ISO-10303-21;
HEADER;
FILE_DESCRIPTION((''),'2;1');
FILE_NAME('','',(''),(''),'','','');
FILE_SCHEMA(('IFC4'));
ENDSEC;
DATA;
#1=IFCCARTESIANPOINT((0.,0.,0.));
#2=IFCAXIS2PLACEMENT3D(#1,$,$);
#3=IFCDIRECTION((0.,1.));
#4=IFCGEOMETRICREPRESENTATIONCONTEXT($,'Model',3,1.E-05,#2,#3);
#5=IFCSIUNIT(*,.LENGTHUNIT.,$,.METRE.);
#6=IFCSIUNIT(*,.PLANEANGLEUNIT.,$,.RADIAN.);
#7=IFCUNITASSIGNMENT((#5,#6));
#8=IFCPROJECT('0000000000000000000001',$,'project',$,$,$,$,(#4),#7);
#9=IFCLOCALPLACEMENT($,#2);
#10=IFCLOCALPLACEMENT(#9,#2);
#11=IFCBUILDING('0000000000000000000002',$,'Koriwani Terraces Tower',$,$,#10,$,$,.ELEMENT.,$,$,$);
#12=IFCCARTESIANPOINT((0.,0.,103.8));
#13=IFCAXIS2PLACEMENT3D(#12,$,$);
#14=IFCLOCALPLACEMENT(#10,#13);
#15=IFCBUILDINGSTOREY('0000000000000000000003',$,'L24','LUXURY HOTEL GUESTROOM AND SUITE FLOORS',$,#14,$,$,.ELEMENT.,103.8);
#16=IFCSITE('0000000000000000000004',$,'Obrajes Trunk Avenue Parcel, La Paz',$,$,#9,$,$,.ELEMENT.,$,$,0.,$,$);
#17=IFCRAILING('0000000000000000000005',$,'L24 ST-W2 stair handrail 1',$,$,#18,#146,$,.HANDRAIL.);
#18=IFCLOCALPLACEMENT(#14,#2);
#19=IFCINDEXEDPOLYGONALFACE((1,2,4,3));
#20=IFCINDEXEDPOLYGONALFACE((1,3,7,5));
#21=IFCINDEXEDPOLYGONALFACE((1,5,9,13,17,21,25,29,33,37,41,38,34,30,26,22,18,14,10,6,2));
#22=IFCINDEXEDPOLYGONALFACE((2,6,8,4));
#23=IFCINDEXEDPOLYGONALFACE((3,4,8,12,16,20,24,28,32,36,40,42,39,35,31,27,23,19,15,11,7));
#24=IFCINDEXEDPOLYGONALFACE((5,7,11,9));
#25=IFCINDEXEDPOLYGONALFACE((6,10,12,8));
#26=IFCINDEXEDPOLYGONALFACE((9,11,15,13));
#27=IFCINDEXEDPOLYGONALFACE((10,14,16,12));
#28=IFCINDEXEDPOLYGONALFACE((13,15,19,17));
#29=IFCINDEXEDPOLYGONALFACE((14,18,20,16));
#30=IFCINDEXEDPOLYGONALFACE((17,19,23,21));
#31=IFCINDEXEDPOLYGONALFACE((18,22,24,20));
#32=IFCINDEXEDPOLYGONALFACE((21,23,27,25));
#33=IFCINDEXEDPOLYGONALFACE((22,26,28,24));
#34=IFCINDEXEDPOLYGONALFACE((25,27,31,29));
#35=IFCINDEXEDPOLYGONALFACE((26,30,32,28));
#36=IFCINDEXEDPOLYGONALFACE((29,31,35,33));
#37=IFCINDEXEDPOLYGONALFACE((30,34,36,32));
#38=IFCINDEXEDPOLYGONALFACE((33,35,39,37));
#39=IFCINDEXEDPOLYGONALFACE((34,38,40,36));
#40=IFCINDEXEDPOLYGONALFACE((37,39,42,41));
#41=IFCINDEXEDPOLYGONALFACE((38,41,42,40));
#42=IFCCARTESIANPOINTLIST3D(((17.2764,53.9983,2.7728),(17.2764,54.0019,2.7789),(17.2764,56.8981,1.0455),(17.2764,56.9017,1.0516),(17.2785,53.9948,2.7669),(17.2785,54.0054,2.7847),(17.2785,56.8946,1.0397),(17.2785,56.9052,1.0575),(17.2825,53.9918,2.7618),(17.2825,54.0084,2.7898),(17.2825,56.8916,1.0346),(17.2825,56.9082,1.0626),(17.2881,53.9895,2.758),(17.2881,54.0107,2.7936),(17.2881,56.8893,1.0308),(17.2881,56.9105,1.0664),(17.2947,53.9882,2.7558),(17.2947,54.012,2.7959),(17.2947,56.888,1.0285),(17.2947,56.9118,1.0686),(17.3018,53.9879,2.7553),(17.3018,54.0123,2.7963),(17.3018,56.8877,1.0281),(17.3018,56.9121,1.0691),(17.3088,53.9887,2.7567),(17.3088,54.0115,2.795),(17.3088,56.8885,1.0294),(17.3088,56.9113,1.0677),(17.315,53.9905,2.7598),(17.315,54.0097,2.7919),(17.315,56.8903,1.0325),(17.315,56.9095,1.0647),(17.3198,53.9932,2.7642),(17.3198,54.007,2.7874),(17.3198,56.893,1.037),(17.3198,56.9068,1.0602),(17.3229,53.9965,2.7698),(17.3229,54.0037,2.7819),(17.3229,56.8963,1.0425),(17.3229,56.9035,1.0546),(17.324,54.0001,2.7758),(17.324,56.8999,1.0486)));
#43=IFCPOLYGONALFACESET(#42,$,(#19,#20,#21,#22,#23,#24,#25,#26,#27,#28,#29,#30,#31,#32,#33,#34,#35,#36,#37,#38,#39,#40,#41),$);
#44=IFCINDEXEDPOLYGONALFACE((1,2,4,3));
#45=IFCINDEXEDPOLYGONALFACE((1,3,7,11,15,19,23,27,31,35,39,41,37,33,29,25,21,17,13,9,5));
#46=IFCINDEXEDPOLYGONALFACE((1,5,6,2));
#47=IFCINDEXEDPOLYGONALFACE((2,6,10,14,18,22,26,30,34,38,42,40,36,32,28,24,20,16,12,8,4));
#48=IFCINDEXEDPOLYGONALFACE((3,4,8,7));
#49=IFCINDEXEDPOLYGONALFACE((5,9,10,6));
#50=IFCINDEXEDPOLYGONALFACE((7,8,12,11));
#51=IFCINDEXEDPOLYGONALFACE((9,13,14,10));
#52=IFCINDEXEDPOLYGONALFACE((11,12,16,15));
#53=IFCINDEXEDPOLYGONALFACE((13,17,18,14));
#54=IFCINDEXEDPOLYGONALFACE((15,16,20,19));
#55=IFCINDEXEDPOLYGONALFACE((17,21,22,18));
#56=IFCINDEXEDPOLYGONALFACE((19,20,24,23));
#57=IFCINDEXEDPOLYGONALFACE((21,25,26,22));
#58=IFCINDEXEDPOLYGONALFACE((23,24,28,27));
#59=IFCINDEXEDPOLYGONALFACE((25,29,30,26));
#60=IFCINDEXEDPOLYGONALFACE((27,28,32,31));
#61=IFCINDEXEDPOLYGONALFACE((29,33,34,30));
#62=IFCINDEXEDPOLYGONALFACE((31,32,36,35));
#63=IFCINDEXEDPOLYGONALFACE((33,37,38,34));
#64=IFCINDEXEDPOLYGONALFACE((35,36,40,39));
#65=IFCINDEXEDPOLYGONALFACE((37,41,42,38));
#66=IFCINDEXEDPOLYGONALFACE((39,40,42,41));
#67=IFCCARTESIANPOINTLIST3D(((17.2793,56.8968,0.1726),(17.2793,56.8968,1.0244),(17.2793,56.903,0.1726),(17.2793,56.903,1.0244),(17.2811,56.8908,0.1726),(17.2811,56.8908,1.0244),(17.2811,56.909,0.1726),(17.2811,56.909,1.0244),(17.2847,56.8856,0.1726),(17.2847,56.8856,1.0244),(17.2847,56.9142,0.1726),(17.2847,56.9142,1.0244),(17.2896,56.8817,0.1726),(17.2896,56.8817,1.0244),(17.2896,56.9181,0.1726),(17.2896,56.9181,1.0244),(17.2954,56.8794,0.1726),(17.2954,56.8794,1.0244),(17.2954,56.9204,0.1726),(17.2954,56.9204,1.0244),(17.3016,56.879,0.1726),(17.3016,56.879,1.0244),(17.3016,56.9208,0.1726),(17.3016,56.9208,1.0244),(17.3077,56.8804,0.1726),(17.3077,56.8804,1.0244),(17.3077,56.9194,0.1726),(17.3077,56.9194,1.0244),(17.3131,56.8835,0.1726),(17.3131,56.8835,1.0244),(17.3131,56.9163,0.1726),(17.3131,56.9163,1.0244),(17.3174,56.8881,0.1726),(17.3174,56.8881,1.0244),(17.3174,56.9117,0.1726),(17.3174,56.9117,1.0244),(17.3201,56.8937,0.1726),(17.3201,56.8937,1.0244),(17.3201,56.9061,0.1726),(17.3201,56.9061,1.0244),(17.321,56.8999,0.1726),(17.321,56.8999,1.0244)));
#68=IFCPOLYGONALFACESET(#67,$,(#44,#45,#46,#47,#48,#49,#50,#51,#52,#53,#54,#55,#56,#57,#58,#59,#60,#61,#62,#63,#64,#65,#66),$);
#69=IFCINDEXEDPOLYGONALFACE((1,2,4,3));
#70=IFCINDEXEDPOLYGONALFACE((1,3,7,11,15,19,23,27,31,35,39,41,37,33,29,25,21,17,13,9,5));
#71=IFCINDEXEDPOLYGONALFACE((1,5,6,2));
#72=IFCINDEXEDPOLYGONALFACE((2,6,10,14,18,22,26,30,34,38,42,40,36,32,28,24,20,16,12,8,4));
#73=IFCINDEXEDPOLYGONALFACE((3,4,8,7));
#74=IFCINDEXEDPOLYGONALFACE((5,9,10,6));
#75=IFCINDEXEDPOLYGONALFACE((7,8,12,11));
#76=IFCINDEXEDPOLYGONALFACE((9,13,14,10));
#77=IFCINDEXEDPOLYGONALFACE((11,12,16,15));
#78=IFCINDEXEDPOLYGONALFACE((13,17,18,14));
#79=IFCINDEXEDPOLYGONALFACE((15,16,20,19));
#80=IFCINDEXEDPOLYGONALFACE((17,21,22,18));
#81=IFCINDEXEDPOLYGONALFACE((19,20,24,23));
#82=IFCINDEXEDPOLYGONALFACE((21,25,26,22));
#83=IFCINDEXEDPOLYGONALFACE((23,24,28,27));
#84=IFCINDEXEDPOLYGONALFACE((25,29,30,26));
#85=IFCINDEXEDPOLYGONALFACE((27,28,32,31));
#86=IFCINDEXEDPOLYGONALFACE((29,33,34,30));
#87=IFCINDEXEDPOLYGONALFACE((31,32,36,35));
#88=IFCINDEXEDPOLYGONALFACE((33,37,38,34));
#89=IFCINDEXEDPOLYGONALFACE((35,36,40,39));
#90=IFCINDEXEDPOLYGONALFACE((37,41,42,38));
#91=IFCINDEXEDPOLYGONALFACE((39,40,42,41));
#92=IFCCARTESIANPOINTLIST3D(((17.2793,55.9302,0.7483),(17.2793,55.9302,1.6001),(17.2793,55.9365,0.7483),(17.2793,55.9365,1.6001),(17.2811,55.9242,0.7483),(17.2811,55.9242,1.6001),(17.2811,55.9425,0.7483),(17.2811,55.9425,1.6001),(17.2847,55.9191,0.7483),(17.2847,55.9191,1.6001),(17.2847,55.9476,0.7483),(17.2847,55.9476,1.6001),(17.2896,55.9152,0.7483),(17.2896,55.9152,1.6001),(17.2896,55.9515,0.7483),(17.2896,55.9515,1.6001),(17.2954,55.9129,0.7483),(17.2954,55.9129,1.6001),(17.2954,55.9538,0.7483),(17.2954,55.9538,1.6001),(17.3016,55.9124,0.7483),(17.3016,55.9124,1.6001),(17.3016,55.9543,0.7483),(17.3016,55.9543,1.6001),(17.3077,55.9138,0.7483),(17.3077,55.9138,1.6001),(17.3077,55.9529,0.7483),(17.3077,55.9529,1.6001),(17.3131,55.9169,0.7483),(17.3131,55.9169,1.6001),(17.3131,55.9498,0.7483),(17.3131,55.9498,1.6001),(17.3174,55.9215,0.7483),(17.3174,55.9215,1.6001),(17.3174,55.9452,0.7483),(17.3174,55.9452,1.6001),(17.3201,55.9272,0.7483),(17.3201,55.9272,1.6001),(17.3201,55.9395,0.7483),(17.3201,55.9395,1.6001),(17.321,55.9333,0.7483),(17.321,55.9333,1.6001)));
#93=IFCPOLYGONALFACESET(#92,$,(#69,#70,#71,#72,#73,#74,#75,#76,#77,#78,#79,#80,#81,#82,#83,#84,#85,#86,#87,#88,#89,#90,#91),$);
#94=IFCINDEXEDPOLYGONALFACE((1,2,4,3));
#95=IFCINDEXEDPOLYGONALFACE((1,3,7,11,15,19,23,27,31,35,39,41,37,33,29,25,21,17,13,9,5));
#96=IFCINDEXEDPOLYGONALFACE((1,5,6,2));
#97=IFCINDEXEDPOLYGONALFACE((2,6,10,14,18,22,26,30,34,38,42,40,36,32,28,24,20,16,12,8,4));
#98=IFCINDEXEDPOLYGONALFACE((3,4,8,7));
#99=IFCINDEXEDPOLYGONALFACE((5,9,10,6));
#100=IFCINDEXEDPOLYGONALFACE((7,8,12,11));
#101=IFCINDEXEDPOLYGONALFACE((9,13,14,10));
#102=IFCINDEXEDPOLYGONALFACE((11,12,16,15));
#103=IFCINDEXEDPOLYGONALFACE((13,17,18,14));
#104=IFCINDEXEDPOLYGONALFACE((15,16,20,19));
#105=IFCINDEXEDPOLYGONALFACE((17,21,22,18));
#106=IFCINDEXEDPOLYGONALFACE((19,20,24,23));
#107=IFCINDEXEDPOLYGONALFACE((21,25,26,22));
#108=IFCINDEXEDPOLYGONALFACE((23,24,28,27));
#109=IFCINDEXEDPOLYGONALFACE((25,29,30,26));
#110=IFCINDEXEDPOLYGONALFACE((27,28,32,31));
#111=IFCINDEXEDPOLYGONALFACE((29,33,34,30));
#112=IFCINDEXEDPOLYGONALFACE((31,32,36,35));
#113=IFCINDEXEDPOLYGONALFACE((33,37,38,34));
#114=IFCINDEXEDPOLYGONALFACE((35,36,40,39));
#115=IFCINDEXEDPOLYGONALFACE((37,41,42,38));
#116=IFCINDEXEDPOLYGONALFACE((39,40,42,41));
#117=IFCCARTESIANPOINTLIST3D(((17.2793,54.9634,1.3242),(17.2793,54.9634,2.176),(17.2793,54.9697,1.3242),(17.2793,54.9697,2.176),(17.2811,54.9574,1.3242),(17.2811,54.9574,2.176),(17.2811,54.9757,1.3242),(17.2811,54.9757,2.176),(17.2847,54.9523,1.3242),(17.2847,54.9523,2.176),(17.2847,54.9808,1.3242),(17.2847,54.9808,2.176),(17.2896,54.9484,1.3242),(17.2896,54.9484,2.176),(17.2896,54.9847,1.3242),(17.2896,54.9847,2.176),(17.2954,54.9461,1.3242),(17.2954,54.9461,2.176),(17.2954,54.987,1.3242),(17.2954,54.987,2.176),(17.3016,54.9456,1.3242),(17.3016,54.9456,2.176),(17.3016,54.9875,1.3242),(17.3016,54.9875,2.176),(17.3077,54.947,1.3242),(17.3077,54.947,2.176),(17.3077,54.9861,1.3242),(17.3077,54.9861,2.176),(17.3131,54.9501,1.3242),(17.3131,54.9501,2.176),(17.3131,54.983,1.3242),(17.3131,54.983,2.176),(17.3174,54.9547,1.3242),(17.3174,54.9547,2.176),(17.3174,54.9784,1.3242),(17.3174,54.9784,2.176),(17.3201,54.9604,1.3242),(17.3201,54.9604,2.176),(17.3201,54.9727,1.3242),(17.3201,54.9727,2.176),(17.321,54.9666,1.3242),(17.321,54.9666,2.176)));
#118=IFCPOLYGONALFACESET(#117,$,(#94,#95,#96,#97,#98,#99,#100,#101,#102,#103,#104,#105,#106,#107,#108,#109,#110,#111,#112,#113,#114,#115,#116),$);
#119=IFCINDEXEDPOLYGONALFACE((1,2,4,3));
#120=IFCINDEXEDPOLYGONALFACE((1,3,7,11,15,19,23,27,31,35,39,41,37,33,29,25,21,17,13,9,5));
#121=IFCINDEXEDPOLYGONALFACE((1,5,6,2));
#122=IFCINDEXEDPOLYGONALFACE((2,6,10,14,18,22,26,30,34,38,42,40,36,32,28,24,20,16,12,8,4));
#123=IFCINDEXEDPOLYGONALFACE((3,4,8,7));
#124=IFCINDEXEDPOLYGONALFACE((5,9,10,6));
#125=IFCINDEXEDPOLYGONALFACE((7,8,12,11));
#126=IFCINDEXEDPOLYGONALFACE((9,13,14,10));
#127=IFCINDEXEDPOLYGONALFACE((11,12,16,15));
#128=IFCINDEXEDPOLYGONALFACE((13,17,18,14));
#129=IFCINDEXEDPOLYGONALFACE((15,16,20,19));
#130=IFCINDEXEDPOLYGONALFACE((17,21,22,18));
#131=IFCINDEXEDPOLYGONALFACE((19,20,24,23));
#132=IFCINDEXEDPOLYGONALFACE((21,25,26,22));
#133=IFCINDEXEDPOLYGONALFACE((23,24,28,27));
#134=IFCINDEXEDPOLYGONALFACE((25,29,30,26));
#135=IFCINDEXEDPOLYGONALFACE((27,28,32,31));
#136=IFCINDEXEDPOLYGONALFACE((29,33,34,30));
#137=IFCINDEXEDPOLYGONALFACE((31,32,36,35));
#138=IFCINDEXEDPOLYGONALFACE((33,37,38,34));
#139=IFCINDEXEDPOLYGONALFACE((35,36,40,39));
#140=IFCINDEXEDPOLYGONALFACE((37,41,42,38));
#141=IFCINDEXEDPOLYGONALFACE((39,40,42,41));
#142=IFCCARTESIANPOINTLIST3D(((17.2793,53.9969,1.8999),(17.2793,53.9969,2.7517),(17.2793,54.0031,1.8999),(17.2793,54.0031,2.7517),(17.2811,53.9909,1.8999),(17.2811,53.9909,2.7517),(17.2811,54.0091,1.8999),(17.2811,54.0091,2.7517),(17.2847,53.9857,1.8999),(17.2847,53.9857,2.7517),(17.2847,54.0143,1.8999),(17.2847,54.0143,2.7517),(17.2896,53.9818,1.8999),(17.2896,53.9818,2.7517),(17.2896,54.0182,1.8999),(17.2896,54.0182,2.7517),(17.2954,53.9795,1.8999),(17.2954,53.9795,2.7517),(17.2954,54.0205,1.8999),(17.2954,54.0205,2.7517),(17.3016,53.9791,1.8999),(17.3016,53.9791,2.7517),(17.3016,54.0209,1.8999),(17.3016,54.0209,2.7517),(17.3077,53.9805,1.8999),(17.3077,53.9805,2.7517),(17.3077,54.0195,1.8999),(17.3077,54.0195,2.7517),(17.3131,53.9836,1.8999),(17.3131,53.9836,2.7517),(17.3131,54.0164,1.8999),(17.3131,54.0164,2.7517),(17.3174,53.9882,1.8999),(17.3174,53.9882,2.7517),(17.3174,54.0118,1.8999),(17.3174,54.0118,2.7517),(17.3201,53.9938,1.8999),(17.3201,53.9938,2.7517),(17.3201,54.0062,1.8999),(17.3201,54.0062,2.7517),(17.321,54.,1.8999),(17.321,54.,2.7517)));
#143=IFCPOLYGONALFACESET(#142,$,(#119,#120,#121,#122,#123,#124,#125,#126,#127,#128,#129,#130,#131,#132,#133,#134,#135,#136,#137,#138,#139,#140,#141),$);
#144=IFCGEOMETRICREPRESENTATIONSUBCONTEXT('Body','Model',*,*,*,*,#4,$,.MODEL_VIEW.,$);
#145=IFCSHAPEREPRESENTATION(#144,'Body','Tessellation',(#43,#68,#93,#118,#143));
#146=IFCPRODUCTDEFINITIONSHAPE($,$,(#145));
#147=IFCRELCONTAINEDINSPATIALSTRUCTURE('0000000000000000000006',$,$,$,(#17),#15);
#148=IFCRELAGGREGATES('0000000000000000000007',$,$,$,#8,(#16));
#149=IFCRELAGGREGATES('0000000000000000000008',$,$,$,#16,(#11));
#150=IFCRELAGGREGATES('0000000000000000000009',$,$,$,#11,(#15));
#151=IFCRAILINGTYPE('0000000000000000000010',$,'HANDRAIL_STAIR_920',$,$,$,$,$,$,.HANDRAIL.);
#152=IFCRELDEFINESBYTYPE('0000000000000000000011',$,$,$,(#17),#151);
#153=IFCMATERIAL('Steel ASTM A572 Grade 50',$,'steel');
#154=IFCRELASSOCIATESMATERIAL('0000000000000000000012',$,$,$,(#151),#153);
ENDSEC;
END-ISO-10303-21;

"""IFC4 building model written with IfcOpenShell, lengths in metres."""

from ifc_helpers import new_model, si_unit, direction, frame, origin, origin_2d, place, context, subcontext, project, spatial, circle, extrude, material, type_object, element, save


model = new_model("IFC4")

# Units and contexts
model_context = context("Model", 3, precision=1e-05, world=origin(), true_north=direction((0.0, 1.0)))
body_context = subcontext(model_context, "Body", "Model", "MODEL_VIEW")
ifc_project = project(units=[si_unit("LENGTHUNIT", "METRE"), si_unit("PLANEANGLEUNIT", "RADIAN")], contexts=[model_context])

# Site, building, storey
site_placement = place(None, origin())
site = spatial("IfcSite", under=ifc_project, at=site_placement, Name="Obrajes Trunk Avenue Parcel, La Paz", CompositionType="ELEMENT", RefElevation=0.0)
building_placement = place(site_placement, origin())
building = spatial("IfcBuilding", under=site, at=building_placement, Name="Koriwani Terraces Tower", CompositionType="ELEMENT")
storey_placement = place(building_placement, frame((0.0, 0.0, 103.8)))
storey = spatial("IfcBuildingStorey", under=building, at=storey_placement, Name="L24", Description="LUXURY HOTEL GUESTROOM AND SUITE FLOORS", CompositionType="ELEMENT", Elevation=103.8)

# Shared definitions
ifc_material_1 = material(Name="Steel ASTM A572 Grade 50", Category="steel")

# Railing
railing_type_1 = type_object("IfcRailingType", Name="HANDRAIL_STAIR_920", PredefinedType="HANDRAIL", material=ifc_material_1)
for number, where, name in (
    (1, (17.3, 56.8999, 0.1726), "L24 ST-W2 stair handrail 1"),
):
    element("IfcRailing", number, at=place(storey_placement, frame(where)), inside=storey, type_object=railing_type_1, Name=name, PredefinedType="HANDRAIL", context=body_context, shape_type="SweptSolid", body=[
        extrude(circle(Radius=0.0239, at=origin_2d()), frame((0.0, 0.0, 0.876), z_axis=(0.0, -0.859141, 0.511738), x_axis=(1.0, 0.0, 0.0)), (0.0, 0.0, 1.0), 3.3752),
        extrude(circle(Radius=0.021, at=origin_2d()), origin(), (0.0, 0.0, 1.0), 0.8518),
        extrude(circle(Radius=0.021, at=origin_2d()), frame((0.0, -0.9666, 0.5757)), (0.0, 0.0, 1.0), 0.8518),
        extrude(circle(Radius=0.021, at=origin_2d()), frame((0.0, -1.9333, 1.1516)), (0.0, 0.0, 1.0), 0.8518),
        extrude(circle(Radius=0.021, at=origin_2d()), frame((0.0, -2.8999, 1.7273)), (0.0, 0.0, 1.0), 0.8518),
    ])

save(model, "model.ifc")
